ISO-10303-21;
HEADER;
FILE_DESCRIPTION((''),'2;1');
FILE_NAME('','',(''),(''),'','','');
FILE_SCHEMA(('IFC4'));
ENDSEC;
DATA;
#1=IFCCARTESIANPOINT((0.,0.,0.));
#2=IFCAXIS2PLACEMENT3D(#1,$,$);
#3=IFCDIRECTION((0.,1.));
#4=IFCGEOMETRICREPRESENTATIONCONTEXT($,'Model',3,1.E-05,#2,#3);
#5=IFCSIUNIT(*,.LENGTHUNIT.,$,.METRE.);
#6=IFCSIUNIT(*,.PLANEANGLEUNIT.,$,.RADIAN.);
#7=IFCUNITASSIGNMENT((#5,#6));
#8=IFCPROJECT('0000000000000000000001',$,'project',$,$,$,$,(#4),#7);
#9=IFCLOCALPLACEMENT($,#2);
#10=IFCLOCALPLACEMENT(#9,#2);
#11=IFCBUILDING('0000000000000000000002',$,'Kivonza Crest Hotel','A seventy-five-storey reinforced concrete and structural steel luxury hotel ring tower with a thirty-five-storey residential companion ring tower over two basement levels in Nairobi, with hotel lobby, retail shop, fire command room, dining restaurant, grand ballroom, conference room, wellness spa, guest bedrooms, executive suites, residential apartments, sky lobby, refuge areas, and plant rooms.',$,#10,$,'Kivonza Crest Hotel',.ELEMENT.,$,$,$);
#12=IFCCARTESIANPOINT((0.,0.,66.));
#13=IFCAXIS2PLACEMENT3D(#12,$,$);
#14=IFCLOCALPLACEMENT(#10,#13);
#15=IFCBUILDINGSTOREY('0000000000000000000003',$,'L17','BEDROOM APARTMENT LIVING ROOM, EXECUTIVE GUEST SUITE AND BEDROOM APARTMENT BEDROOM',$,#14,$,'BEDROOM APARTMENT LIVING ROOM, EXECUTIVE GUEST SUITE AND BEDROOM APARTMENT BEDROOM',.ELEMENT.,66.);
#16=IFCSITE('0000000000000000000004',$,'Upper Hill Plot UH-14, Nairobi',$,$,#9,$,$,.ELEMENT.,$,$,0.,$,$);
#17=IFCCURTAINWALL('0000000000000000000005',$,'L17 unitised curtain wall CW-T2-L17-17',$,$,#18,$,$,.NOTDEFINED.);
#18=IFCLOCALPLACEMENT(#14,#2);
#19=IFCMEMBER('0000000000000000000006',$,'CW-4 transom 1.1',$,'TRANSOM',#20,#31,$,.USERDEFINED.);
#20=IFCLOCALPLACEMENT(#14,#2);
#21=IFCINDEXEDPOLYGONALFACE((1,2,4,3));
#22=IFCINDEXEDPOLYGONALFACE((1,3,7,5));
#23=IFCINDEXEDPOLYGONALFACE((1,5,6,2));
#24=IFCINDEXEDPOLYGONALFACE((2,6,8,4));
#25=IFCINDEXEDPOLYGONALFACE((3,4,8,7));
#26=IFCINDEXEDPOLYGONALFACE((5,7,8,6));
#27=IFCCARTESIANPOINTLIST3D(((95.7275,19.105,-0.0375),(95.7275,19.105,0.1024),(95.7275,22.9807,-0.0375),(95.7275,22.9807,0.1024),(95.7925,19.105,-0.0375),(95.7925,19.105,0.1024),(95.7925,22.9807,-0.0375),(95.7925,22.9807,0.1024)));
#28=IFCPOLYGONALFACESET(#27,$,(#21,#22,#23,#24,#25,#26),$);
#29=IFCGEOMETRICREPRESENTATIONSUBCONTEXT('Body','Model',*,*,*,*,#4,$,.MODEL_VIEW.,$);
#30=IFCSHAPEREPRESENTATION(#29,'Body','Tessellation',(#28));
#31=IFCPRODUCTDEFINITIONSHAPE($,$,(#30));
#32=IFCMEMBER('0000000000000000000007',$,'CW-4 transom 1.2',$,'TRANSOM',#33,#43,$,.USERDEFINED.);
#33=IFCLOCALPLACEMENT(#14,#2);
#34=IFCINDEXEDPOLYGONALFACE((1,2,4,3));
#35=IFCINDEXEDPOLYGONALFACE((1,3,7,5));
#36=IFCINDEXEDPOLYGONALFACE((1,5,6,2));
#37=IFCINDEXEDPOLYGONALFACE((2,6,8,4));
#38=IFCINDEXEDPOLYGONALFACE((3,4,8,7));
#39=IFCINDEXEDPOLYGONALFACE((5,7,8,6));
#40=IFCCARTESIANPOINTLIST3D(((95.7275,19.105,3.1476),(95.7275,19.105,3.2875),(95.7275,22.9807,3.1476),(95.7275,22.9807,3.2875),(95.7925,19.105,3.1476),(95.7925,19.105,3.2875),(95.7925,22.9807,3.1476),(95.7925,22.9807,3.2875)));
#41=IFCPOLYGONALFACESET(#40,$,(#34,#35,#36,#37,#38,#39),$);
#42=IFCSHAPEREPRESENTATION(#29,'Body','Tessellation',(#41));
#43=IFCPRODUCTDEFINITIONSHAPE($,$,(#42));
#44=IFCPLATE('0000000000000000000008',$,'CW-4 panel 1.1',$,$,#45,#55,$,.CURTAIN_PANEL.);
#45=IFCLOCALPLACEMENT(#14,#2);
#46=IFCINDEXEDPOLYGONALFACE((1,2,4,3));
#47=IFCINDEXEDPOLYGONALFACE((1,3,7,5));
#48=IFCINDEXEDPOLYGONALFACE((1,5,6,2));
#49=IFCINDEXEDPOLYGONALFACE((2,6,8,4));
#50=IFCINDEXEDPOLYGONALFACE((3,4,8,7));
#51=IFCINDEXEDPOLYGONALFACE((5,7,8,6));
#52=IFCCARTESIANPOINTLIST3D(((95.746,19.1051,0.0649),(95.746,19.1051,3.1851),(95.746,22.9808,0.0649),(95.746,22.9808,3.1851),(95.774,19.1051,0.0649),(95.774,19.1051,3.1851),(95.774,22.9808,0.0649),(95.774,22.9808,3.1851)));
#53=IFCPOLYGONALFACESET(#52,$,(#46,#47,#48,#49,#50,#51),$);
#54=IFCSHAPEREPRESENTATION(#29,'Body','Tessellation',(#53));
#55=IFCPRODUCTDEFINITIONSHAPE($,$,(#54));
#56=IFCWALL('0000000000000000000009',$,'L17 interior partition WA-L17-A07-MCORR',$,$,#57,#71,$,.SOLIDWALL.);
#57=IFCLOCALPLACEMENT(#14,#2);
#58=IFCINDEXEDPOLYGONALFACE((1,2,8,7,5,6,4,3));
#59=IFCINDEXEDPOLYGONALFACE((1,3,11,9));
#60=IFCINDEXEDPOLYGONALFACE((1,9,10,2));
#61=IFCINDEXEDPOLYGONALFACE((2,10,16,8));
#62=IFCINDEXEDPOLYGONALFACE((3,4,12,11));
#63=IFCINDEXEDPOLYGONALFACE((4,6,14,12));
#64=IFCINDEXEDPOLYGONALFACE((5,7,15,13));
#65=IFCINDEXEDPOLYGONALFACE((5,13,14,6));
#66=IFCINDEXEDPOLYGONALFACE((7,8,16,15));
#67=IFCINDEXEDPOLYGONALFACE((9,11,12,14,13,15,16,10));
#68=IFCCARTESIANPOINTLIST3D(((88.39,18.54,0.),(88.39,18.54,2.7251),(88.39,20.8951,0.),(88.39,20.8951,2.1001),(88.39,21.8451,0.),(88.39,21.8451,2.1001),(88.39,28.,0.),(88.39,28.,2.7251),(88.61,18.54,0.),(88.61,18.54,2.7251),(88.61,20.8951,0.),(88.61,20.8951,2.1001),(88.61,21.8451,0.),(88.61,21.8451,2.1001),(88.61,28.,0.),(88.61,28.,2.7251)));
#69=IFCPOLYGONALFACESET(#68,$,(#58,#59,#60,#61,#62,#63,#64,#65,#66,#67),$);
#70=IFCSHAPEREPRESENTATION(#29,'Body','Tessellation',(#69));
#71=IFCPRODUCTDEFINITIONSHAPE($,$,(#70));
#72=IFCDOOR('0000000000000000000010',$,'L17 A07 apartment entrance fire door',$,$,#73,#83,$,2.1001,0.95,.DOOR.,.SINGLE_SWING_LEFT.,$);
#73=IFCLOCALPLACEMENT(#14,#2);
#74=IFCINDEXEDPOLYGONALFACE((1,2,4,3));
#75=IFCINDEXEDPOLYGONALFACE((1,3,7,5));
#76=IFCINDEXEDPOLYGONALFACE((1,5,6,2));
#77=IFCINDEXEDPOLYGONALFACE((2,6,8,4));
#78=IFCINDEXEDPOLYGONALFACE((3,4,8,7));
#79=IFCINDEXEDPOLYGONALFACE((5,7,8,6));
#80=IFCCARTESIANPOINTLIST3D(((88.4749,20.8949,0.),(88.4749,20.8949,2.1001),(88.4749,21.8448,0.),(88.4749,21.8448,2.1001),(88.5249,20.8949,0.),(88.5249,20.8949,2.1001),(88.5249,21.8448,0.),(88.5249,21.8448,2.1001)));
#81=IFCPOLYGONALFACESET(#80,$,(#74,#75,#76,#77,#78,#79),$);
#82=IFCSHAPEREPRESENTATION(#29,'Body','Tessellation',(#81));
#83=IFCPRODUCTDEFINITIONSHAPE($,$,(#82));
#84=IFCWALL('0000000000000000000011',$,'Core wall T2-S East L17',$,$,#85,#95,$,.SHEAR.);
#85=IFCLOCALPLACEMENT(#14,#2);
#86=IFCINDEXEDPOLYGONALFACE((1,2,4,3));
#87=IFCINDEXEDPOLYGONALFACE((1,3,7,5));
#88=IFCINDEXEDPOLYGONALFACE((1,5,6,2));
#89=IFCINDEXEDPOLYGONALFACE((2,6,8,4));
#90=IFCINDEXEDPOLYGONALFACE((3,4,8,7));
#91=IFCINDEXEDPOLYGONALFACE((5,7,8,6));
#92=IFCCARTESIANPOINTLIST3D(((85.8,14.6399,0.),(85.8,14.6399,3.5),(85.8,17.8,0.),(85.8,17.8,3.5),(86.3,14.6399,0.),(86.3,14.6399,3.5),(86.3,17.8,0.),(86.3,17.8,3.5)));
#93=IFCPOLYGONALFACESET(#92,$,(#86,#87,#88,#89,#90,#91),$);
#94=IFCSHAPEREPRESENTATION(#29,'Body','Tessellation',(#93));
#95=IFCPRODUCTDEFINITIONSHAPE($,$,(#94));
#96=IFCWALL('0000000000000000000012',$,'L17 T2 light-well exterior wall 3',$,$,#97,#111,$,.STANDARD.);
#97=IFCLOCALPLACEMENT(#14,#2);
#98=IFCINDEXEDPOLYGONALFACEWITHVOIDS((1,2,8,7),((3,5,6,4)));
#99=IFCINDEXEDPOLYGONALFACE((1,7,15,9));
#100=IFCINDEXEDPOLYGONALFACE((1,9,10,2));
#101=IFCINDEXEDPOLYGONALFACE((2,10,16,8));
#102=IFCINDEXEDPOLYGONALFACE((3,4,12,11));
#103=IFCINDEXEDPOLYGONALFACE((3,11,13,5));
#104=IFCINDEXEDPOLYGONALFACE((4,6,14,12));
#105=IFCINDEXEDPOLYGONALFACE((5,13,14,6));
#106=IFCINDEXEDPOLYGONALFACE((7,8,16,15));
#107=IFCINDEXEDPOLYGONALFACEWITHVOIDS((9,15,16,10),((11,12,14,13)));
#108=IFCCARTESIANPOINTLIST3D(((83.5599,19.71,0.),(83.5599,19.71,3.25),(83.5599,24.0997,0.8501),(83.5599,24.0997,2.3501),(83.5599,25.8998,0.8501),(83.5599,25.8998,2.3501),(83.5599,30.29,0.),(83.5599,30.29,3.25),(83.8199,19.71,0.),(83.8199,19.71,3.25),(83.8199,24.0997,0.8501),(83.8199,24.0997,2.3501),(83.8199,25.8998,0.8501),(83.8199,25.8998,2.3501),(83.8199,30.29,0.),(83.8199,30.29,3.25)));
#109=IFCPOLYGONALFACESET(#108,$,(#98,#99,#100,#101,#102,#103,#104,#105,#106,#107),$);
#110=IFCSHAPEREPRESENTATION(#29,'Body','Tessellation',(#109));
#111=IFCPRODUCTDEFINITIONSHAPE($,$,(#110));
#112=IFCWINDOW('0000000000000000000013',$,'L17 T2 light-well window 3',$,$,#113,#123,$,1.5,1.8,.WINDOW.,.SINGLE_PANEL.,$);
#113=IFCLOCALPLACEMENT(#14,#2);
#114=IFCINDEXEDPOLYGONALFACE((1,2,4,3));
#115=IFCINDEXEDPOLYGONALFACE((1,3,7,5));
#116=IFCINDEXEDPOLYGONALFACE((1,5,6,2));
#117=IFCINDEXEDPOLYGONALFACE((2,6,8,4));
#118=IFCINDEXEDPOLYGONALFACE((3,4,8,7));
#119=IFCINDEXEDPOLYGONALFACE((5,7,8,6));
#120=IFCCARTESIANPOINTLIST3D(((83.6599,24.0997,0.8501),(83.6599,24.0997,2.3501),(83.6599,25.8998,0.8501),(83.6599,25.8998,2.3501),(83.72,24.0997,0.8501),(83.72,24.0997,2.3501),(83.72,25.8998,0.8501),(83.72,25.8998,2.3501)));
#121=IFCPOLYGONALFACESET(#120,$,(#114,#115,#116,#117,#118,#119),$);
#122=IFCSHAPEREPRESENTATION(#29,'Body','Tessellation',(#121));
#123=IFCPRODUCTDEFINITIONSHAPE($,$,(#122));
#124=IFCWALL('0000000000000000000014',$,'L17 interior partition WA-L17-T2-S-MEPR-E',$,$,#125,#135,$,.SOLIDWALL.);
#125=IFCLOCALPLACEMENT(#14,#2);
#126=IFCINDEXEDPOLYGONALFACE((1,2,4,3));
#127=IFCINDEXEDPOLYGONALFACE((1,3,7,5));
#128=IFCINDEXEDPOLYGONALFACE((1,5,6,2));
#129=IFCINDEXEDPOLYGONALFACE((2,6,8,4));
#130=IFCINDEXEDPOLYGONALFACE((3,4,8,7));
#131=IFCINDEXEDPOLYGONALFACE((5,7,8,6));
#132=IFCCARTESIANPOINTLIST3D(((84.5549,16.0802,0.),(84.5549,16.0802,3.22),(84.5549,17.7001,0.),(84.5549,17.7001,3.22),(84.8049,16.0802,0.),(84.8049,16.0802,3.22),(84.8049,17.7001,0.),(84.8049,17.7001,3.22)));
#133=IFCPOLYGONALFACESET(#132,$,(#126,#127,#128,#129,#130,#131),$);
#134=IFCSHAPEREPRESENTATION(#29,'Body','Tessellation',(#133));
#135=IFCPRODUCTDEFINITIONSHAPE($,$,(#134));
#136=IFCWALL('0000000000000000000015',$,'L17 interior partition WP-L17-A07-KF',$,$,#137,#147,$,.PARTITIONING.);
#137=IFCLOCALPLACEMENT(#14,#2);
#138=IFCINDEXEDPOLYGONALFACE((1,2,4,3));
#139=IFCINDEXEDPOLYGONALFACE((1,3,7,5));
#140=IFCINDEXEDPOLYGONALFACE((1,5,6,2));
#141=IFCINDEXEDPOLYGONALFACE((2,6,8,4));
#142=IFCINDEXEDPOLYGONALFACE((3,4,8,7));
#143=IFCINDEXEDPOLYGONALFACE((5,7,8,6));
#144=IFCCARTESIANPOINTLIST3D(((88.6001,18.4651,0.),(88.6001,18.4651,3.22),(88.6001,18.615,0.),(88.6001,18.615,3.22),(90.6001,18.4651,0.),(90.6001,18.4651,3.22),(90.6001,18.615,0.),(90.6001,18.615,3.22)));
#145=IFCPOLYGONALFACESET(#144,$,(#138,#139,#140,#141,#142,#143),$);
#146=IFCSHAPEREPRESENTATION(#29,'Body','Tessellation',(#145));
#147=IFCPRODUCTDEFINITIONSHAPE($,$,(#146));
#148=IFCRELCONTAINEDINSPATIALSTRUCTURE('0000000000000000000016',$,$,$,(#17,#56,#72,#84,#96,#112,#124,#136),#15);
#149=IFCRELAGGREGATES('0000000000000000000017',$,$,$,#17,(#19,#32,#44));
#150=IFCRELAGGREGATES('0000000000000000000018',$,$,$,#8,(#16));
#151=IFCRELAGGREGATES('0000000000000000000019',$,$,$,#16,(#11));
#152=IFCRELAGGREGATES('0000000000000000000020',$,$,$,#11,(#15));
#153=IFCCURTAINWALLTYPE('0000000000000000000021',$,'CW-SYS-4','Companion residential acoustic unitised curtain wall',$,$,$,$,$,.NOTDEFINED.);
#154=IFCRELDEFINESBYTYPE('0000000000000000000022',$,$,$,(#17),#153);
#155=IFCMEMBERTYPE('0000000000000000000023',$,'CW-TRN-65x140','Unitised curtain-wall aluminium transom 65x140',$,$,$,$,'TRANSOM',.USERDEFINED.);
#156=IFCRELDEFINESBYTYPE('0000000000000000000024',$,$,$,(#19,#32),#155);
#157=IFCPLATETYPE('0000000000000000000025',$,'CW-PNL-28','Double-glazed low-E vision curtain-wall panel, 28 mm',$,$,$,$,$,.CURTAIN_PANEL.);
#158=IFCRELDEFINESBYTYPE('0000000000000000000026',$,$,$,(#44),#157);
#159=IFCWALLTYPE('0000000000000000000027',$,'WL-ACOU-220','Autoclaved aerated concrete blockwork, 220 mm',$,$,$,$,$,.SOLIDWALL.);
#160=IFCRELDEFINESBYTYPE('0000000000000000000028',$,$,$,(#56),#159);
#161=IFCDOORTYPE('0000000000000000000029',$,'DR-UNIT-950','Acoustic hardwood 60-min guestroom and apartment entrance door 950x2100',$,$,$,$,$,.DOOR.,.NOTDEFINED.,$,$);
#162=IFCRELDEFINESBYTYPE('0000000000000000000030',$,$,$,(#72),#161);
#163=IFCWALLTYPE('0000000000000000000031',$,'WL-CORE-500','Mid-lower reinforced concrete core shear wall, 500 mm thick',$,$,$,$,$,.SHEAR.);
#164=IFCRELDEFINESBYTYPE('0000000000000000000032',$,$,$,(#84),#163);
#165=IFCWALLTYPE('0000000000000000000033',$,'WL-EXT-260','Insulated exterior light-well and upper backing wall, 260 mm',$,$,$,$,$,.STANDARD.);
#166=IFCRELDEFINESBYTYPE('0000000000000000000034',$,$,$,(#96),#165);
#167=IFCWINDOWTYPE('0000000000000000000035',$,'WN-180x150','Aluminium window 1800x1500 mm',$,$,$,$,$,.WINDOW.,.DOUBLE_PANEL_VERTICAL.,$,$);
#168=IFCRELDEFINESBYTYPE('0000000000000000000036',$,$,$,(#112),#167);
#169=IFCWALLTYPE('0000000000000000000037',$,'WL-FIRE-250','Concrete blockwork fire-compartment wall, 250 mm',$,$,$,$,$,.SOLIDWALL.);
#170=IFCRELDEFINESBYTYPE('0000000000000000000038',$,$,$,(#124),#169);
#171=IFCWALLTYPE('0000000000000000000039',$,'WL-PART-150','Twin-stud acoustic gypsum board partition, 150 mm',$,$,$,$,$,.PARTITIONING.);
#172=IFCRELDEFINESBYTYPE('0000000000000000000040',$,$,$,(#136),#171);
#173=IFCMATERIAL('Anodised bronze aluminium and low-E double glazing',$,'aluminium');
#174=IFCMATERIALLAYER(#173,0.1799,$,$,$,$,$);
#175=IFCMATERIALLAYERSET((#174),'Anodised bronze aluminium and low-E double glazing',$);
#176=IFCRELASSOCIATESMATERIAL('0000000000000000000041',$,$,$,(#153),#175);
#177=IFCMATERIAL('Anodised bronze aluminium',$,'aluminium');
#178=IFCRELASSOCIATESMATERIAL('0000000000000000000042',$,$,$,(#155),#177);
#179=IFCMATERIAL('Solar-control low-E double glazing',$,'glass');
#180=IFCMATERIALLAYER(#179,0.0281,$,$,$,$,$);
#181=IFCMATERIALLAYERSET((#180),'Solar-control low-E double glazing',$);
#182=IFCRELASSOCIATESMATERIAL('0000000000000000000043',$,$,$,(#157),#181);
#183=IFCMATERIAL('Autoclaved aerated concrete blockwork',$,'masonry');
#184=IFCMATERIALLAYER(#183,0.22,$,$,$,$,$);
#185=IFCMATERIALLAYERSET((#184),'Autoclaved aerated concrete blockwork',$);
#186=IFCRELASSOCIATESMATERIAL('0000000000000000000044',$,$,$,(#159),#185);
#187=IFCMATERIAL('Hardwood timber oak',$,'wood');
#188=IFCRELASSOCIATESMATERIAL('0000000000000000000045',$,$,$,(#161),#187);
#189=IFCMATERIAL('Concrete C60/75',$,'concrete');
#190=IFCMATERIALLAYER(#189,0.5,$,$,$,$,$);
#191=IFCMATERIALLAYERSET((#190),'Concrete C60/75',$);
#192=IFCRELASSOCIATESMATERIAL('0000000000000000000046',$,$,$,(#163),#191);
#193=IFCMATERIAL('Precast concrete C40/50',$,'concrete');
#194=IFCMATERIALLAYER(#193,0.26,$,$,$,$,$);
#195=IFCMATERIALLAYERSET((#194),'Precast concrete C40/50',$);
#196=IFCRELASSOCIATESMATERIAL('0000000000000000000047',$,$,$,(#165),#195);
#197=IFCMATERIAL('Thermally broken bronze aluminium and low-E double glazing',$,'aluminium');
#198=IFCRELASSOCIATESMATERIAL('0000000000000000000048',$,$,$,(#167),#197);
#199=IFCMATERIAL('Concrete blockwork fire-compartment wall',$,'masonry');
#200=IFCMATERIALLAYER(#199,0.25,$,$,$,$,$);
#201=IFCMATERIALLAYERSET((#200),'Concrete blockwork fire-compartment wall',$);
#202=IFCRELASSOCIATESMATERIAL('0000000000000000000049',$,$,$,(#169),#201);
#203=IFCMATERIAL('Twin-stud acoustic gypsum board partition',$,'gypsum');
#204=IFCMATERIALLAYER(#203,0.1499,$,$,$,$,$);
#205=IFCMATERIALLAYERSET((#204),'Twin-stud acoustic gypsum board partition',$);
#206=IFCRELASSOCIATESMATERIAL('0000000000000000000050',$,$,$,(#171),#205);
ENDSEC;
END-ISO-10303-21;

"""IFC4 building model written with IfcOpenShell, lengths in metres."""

from ifc_helpers import new_model, si_unit, direction, frame, frame_2d, origin, origin_2d, place, context, subcontext, project, spatial, rectangle, extrude, material, layer, layer_set, material_profile, profile_set, type_object, element, fill, aggregate, save


model = new_model("IFC4")

# Units and contexts
model_context = context("Model", 3, precision=1e-05, world=origin(), true_north=direction((0.0, 1.0)))
body_context = subcontext(model_context, "Body", "Model", "MODEL_VIEW")
ifc_project = project(units=[si_unit("LENGTHUNIT", "METRE"), si_unit("PLANEANGLEUNIT", "RADIAN")], contexts=[model_context])

# Site, building, storey
site_placement = place(None, origin())
site = spatial("IfcSite", under=ifc_project, at=site_placement, Name="Upper Hill Plot UH-14, Nairobi", CompositionType="ELEMENT", RefElevation=0.0)
building_placement = place(site_placement, origin())
building = spatial("IfcBuilding", under=site, at=building_placement, Name="Kivonza Crest Hotel", Description="A seventy-five-storey reinforced concrete and structural steel luxury hotel ring tower with a thirty-five-storey residential companion ring tower over two basement levels in Nairobi, with hotel lobby, retail shop, fire command room, dining restaurant, grand ballroom, conference room, wellness spa, guest bedrooms, executive suites, residential apartments, sky lobby, refuge areas, and plant rooms.", LongName="Kivonza Crest Hotel", CompositionType="ELEMENT")
storey_placement = place(building_placement, frame((0.0, 0.0, 66.0)))
storey = spatial("IfcBuildingStorey", under=building, at=storey_placement, Name="L17", Description="BEDROOM APARTMENT LIVING ROOM, EXECUTIVE GUEST SUITE AND BEDROOM APARTMENT BEDROOM", LongName="BEDROOM APARTMENT LIVING ROOM, EXECUTIVE GUEST SUITE AND BEDROOM APARTMENT BEDROOM", CompositionType="ELEMENT", Elevation=66.0)

# Curtain wall, members, plate
ifc_material_1 = material(Name="Anodised bronze aluminium and low-E double glazing", Category="aluminium")
ifc_layer_1 = layer(ifc_material_1, 0.1799)
ifc_layer_set_1 = layer_set([ifc_layer_1], Name="Anodised bronze aluminium and low-E double glazing")
curtain_wall_type = type_object("IfcCurtainWallType", Name="CW-SYS-4", Description="Companion residential acoustic unitised curtain wall", PredefinedType="NOTDEFINED", material=ifc_layer_set_1)
curtain_wall_placement = place(storey_placement, origin())
curtain_wall = element("IfcCurtainWall", 1, at=curtain_wall_placement, inside=storey, type_object=curtain_wall_type, Name="L17 unitised curtain wall CW-T2-L17-17", PredefinedType="NOTDEFINED")
ifc_material_2 = material(Name="Anodised bronze aluminium", Category="aluminium")
ifc_material_profile_1 = material_profile(ifc_material_2, rectangle(XDim=0.0649, YDim=0.1399, at=origin_2d()), Name="CW-T 65x140")
ifc_profile_set_1 = profile_set([ifc_material_profile_1], Name="Anodised bronze aluminium")
member_type_1 = type_object("IfcMemberType", Name="CW-TRN-65x140", Description="Unitised curtain-wall aluminium transom 65x140", ElementType="TRANSOM", PredefinedType="USERDEFINED", material=ifc_profile_set_1)
member_1_placement = place(storey_placement, frame((95.76, 19.105, 0.0325), z_axis=(0.0, 1.0, 0.0), x_axis=(-1.0, 0.0, 0.0)))
member_1 = element("IfcMember", 2, at=member_1_placement, type_object=member_type_1, Name="CW-4 transom 1.1", ObjectType="TRANSOM", PredefinedType="USERDEFINED", context=body_context, shape_type="SweptSolid", body=[
    extrude(rectangle(XDim=0.0649, YDim=0.1399, at=origin_2d()), origin(), (0.0, 0.0, 1.0), 3.8757),
])
member_2_placement = place(storey_placement, frame((95.76, 19.105, 3.2175), z_axis=(0.0, 1.0, 0.0), x_axis=(-1.0, 0.0, 0.0)))
member_2 = element("IfcMember", 3, at=member_2_placement, type_object=member_type_1, Name="CW-4 transom 1.2", ObjectType="TRANSOM", PredefinedType="USERDEFINED", context=body_context, shape_type="SweptSolid", body=[
    extrude(rectangle(XDim=0.0649, YDim=0.1399, at=origin_2d()), origin(), (0.0, 0.0, 1.0), 3.8757),
])
ifc_material_3 = material(Name="Solar-control low-E double glazing", Category="glass")
ifc_layer_2 = layer(ifc_material_3, 0.0281)
ifc_layer_set_2 = layer_set([ifc_layer_2], Name="Solar-control low-E double glazing")
plate_type = type_object("IfcPlateType", Name="CW-PNL-28", Description="Double-glazed low-E vision curtain-wall panel, 28 mm", PredefinedType="CURTAIN_PANEL", material=ifc_layer_set_2)
plate_placement = place(storey_placement, frame((95.76, 21.043, 0.0649), z_axis=(0.0, 0.0, 1.0), x_axis=(0.0, 1.0, 0.0)))
plate = element("IfcPlate", 4, at=plate_placement, type_object=plate_type, Name="CW-4 panel 1.1", PredefinedType="CURTAIN_PANEL", context=body_context, shape_type="SweptSolid", body=[
    extrude(rectangle(XDim=3.8757, YDim=0.0281, at=origin_2d()), origin(), (0.0, 0.0, 1.0), 3.1201),
])
aggregate(curtain_wall, [member_1, member_2, plate])

# Wall, opening, door
ifc_material_4 = material(Name="Autoclaved aerated concrete blockwork", Category="masonry")
ifc_layer_3 = layer(ifc_material_4, 0.22)
ifc_layer_set_3 = layer_set([ifc_layer_3], Name="Autoclaved aerated concrete blockwork")
wall_type_1 = type_object("IfcWallType", Name="WL-ACOU-220", Description="Autoclaved aerated concrete blockwork, 220 mm", PredefinedType="SOLIDWALL", material=ifc_layer_set_3)
wall_1_placement = place(storey_placement, frame((88.5, 18.54, 0.0), z_axis=(0.0, 0.0, 1.0), x_axis=(0.0, 1.0, 0.0)))
wall_1 = element("IfcWall", 5, at=wall_1_placement, inside=storey, type_object=wall_type_1, Name="L17 interior partition WA-L17-A07-MCORR", PredefinedType="SOLIDWALL", context=body_context, shape_type="SweptSolid", body=[
    extrude(rectangle(XDim=9.46, YDim=0.22, at=frame_2d((4.73, 0.0))), origin(), (0.0, 0.0, 1.0), 2.7251),
])
opening_1_placement = place(wall_1_placement, frame((2.355, 0.0, 0.0)))
opening_1 = element("IfcOpeningElement", 6, at=opening_1_placement, cuts=wall_1, PredefinedType="OPENING", context=body_context, shape_type="SweptSolid", body=[
    extrude(rectangle(XDim=0.95, YDim=2.1001, at=frame_2d((0.4751, 1.05))), frame((0.0, 0.1201, 0.0), z_axis=(0.0, -1.0, 0.0), x_axis=(1.0, 0.0, 0.0)), (0.0, 0.0, 1.0), 0.24),
])
ifc_material_5 = material(Name="Hardwood timber oak", Category="wood")
door_type_1 = type_object("IfcDoorType", Name="DR-UNIT-950", Description="Acoustic hardwood 60-min guestroom and apartment entrance door 950x2100", OperationType="NOTDEFINED", PredefinedType="DOOR", material=ifc_material_5)
door_1_placement = place(opening_1_placement, frame((0.95, 0.0, 0.0), z_axis=(0.0, 0.0, 1.0), x_axis=(-1.0, 0.0, 0.0)))
door_1 = element("IfcDoor", 7, at=door_1_placement, inside=storey, type_object=door_type_1, Name="L17 A07 apartment entrance fire door", OperationType="SINGLE_SWING_LEFT", OverallHeight=2.1001, OverallWidth=0.95, PredefinedType="DOOR", context=body_context, shape_type="SweptSolid", body=[
    extrude(rectangle(XDim=0.95, YDim=2.1001, at=frame_2d((0.4751, 1.05))), frame((0.0, 0.0249, 0.0), z_axis=(0.0, -1.0, 0.0), x_axis=(1.0, 0.0, 0.0)), (0.0, 0.0, 1.0), 0.05),
])
fill(opening_1, door_1)

# Wall
ifc_material_6 = material(Name="Concrete C60/75", Category="concrete")
ifc_layer_4 = layer(ifc_material_6, 0.5)
ifc_layer_set_4 = layer_set([ifc_layer_4], Name="Concrete C60/75")
wall_type_2 = type_object("IfcWallType", Name="WL-CORE-500", Description="Mid-lower reinforced concrete core shear wall, 500 mm thick", PredefinedType="SHEAR", material=ifc_layer_set_4)
wall_2_placement = place(storey_placement, frame((86.05, 14.6399, 0.0), z_axis=(0.0, 0.0, 1.0), x_axis=(0.0, 1.0, 0.0)))
element("IfcWall", 8, at=wall_2_placement, inside=storey, type_object=wall_type_2, Name="Core wall T2-S East L17", PredefinedType="SHEAR", context=body_context, shape_type="SweptSolid", body=[
    extrude(rectangle(XDim=3.1602, YDim=0.5, at=frame_2d((1.5801, 0.0))), origin(), (0.0, 0.0, 1.0), 3.5),
])

# Wall, opening, window
ifc_material_7 = material(Name="Precast concrete C40/50", Category="concrete")
ifc_layer_5 = layer(ifc_material_7, 0.26)
ifc_layer_set_5 = layer_set([ifc_layer_5], Name="Precast concrete C40/50")
wall_type_3 = type_object("IfcWallType", Name="WL-EXT-260", Description="Insulated exterior light-well and upper backing wall, 260 mm", PredefinedType="STANDARD", material=ifc_layer_set_5)
wall_3_placement = place(storey_placement, frame((83.6899, 19.71, 0.0), z_axis=(0.0, 0.0, 1.0), x_axis=(0.0, 1.0, 0.0)))
wall_3 = element("IfcWall", 9, at=wall_3_placement, inside=storey, type_object=wall_type_3, Name="L17 T2 light-well exterior wall 3", PredefinedType="STANDARD", context=body_context, shape_type="SweptSolid", body=[
    extrude(rectangle(XDim=10.5801, YDim=0.26, at=frame_2d((5.29, 0.0))), origin(), (0.0, 0.0, 1.0), 3.25),
])
opening_2_placement = place(wall_3_placement, frame((4.3899, 0.0, 0.8501)))
opening_2 = element("IfcOpeningElement", 10, at=opening_2_placement, cuts=wall_3, PredefinedType="OPENING", context=body_context, shape_type="SweptSolid", body=[
    extrude(rectangle(XDim=1.8, YDim=1.5, at=frame_2d((0.8999, 0.75))), frame((0.0, 0.1401, 0.0), z_axis=(0.0, -1.0, 0.0), x_axis=(1.0, 0.0, 0.0)), (0.0, 0.0, 1.0), 0.28),
])
ifc_material_8 = material(Name="Thermally broken bronze aluminium and low-E double glazing", Category="aluminium")
window_type = type_object("IfcWindowType", Name="WN-180x150", Description="Aluminium window 1800x1500 mm", PartitioningType="DOUBLE_PANEL_VERTICAL", PredefinedType="WINDOW", material=ifc_material_8)
window_placement = place(opening_2_placement, origin())
window = element("IfcWindow", 11, at=window_placement, inside=storey, type_object=window_type, Name="L17 T2 light-well window 3", OverallHeight=1.5, OverallWidth=1.8, PartitioningType="SINGLE_PANEL", PredefinedType="WINDOW", context=body_context, shape_type="SweptSolid", body=[
    extrude(rectangle(XDim=1.8, YDim=1.5, at=frame_2d((0.8999, 0.75))), frame((0.0, 0.03, 0.0), z_axis=(0.0, -1.0, 0.0), x_axis=(1.0, 0.0, 0.0)), (0.0, 0.0, 1.0), 0.0601),
])
fill(opening_2, window)

# Walls
ifc_material_9 = material(Name="Concrete blockwork fire-compartment wall", Category="masonry")
ifc_layer_6 = layer(ifc_material_9, 0.25)
ifc_layer_set_6 = layer_set([ifc_layer_6], Name="Concrete blockwork fire-compartment wall")
wall_type_4 = type_object("IfcWallType", Name="WL-FIRE-250", Description="Concrete blockwork fire-compartment wall, 250 mm", PredefinedType="SOLIDWALL", material=ifc_layer_set_6)
wall_4_placement = place(storey_placement, frame((84.6799, 16.0801, 0.0), z_axis=(0.0, 0.0, 1.0), x_axis=(0.0, 1.0, 0.0)))
element("IfcWall", 12, at=wall_4_placement, inside=storey, type_object=wall_type_4, Name="L17 interior partition WA-L17-T2-S-MEPR-E", PredefinedType="SOLIDWALL", context=body_context, shape_type="SweptSolid", body=[
    extrude(rectangle(XDim=1.6199, YDim=0.25, at=frame_2d((0.8101, 0.0))), origin(), (0.0, 0.0, 1.0), 3.22),
])
ifc_material_10 = material(Name="Twin-stud acoustic gypsum board partition", Category="gypsum")
ifc_layer_7 = layer(ifc_material_10, 0.1499)
ifc_layer_set_7 = layer_set([ifc_layer_7], Name="Twin-stud acoustic gypsum board partition")
wall_type_5 = type_object("IfcWallType", Name="WL-PART-150", Description="Twin-stud acoustic gypsum board partition, 150 mm", PredefinedType="PARTITIONING", material=ifc_layer_set_7)
wall_5_placement = place(storey_placement, frame((88.6001, 18.54, 0.0), z_axis=(0.0, 0.0, 1.0), x_axis=(1.0, 0.0, 0.0)))
element("IfcWall", 13, at=wall_5_placement, inside=storey, type_object=wall_type_5, Name="L17 interior partition WP-L17-A07-KF", PredefinedType="PARTITIONING", context=body_context, shape_type="SweptSolid", body=[
    extrude(rectangle(XDim=2.0, YDim=0.1499, at=frame_2d((1.0, 0.0))), origin(), (0.0, 0.0, 1.0), 3.22),
])

save(model, "model.ifc")
